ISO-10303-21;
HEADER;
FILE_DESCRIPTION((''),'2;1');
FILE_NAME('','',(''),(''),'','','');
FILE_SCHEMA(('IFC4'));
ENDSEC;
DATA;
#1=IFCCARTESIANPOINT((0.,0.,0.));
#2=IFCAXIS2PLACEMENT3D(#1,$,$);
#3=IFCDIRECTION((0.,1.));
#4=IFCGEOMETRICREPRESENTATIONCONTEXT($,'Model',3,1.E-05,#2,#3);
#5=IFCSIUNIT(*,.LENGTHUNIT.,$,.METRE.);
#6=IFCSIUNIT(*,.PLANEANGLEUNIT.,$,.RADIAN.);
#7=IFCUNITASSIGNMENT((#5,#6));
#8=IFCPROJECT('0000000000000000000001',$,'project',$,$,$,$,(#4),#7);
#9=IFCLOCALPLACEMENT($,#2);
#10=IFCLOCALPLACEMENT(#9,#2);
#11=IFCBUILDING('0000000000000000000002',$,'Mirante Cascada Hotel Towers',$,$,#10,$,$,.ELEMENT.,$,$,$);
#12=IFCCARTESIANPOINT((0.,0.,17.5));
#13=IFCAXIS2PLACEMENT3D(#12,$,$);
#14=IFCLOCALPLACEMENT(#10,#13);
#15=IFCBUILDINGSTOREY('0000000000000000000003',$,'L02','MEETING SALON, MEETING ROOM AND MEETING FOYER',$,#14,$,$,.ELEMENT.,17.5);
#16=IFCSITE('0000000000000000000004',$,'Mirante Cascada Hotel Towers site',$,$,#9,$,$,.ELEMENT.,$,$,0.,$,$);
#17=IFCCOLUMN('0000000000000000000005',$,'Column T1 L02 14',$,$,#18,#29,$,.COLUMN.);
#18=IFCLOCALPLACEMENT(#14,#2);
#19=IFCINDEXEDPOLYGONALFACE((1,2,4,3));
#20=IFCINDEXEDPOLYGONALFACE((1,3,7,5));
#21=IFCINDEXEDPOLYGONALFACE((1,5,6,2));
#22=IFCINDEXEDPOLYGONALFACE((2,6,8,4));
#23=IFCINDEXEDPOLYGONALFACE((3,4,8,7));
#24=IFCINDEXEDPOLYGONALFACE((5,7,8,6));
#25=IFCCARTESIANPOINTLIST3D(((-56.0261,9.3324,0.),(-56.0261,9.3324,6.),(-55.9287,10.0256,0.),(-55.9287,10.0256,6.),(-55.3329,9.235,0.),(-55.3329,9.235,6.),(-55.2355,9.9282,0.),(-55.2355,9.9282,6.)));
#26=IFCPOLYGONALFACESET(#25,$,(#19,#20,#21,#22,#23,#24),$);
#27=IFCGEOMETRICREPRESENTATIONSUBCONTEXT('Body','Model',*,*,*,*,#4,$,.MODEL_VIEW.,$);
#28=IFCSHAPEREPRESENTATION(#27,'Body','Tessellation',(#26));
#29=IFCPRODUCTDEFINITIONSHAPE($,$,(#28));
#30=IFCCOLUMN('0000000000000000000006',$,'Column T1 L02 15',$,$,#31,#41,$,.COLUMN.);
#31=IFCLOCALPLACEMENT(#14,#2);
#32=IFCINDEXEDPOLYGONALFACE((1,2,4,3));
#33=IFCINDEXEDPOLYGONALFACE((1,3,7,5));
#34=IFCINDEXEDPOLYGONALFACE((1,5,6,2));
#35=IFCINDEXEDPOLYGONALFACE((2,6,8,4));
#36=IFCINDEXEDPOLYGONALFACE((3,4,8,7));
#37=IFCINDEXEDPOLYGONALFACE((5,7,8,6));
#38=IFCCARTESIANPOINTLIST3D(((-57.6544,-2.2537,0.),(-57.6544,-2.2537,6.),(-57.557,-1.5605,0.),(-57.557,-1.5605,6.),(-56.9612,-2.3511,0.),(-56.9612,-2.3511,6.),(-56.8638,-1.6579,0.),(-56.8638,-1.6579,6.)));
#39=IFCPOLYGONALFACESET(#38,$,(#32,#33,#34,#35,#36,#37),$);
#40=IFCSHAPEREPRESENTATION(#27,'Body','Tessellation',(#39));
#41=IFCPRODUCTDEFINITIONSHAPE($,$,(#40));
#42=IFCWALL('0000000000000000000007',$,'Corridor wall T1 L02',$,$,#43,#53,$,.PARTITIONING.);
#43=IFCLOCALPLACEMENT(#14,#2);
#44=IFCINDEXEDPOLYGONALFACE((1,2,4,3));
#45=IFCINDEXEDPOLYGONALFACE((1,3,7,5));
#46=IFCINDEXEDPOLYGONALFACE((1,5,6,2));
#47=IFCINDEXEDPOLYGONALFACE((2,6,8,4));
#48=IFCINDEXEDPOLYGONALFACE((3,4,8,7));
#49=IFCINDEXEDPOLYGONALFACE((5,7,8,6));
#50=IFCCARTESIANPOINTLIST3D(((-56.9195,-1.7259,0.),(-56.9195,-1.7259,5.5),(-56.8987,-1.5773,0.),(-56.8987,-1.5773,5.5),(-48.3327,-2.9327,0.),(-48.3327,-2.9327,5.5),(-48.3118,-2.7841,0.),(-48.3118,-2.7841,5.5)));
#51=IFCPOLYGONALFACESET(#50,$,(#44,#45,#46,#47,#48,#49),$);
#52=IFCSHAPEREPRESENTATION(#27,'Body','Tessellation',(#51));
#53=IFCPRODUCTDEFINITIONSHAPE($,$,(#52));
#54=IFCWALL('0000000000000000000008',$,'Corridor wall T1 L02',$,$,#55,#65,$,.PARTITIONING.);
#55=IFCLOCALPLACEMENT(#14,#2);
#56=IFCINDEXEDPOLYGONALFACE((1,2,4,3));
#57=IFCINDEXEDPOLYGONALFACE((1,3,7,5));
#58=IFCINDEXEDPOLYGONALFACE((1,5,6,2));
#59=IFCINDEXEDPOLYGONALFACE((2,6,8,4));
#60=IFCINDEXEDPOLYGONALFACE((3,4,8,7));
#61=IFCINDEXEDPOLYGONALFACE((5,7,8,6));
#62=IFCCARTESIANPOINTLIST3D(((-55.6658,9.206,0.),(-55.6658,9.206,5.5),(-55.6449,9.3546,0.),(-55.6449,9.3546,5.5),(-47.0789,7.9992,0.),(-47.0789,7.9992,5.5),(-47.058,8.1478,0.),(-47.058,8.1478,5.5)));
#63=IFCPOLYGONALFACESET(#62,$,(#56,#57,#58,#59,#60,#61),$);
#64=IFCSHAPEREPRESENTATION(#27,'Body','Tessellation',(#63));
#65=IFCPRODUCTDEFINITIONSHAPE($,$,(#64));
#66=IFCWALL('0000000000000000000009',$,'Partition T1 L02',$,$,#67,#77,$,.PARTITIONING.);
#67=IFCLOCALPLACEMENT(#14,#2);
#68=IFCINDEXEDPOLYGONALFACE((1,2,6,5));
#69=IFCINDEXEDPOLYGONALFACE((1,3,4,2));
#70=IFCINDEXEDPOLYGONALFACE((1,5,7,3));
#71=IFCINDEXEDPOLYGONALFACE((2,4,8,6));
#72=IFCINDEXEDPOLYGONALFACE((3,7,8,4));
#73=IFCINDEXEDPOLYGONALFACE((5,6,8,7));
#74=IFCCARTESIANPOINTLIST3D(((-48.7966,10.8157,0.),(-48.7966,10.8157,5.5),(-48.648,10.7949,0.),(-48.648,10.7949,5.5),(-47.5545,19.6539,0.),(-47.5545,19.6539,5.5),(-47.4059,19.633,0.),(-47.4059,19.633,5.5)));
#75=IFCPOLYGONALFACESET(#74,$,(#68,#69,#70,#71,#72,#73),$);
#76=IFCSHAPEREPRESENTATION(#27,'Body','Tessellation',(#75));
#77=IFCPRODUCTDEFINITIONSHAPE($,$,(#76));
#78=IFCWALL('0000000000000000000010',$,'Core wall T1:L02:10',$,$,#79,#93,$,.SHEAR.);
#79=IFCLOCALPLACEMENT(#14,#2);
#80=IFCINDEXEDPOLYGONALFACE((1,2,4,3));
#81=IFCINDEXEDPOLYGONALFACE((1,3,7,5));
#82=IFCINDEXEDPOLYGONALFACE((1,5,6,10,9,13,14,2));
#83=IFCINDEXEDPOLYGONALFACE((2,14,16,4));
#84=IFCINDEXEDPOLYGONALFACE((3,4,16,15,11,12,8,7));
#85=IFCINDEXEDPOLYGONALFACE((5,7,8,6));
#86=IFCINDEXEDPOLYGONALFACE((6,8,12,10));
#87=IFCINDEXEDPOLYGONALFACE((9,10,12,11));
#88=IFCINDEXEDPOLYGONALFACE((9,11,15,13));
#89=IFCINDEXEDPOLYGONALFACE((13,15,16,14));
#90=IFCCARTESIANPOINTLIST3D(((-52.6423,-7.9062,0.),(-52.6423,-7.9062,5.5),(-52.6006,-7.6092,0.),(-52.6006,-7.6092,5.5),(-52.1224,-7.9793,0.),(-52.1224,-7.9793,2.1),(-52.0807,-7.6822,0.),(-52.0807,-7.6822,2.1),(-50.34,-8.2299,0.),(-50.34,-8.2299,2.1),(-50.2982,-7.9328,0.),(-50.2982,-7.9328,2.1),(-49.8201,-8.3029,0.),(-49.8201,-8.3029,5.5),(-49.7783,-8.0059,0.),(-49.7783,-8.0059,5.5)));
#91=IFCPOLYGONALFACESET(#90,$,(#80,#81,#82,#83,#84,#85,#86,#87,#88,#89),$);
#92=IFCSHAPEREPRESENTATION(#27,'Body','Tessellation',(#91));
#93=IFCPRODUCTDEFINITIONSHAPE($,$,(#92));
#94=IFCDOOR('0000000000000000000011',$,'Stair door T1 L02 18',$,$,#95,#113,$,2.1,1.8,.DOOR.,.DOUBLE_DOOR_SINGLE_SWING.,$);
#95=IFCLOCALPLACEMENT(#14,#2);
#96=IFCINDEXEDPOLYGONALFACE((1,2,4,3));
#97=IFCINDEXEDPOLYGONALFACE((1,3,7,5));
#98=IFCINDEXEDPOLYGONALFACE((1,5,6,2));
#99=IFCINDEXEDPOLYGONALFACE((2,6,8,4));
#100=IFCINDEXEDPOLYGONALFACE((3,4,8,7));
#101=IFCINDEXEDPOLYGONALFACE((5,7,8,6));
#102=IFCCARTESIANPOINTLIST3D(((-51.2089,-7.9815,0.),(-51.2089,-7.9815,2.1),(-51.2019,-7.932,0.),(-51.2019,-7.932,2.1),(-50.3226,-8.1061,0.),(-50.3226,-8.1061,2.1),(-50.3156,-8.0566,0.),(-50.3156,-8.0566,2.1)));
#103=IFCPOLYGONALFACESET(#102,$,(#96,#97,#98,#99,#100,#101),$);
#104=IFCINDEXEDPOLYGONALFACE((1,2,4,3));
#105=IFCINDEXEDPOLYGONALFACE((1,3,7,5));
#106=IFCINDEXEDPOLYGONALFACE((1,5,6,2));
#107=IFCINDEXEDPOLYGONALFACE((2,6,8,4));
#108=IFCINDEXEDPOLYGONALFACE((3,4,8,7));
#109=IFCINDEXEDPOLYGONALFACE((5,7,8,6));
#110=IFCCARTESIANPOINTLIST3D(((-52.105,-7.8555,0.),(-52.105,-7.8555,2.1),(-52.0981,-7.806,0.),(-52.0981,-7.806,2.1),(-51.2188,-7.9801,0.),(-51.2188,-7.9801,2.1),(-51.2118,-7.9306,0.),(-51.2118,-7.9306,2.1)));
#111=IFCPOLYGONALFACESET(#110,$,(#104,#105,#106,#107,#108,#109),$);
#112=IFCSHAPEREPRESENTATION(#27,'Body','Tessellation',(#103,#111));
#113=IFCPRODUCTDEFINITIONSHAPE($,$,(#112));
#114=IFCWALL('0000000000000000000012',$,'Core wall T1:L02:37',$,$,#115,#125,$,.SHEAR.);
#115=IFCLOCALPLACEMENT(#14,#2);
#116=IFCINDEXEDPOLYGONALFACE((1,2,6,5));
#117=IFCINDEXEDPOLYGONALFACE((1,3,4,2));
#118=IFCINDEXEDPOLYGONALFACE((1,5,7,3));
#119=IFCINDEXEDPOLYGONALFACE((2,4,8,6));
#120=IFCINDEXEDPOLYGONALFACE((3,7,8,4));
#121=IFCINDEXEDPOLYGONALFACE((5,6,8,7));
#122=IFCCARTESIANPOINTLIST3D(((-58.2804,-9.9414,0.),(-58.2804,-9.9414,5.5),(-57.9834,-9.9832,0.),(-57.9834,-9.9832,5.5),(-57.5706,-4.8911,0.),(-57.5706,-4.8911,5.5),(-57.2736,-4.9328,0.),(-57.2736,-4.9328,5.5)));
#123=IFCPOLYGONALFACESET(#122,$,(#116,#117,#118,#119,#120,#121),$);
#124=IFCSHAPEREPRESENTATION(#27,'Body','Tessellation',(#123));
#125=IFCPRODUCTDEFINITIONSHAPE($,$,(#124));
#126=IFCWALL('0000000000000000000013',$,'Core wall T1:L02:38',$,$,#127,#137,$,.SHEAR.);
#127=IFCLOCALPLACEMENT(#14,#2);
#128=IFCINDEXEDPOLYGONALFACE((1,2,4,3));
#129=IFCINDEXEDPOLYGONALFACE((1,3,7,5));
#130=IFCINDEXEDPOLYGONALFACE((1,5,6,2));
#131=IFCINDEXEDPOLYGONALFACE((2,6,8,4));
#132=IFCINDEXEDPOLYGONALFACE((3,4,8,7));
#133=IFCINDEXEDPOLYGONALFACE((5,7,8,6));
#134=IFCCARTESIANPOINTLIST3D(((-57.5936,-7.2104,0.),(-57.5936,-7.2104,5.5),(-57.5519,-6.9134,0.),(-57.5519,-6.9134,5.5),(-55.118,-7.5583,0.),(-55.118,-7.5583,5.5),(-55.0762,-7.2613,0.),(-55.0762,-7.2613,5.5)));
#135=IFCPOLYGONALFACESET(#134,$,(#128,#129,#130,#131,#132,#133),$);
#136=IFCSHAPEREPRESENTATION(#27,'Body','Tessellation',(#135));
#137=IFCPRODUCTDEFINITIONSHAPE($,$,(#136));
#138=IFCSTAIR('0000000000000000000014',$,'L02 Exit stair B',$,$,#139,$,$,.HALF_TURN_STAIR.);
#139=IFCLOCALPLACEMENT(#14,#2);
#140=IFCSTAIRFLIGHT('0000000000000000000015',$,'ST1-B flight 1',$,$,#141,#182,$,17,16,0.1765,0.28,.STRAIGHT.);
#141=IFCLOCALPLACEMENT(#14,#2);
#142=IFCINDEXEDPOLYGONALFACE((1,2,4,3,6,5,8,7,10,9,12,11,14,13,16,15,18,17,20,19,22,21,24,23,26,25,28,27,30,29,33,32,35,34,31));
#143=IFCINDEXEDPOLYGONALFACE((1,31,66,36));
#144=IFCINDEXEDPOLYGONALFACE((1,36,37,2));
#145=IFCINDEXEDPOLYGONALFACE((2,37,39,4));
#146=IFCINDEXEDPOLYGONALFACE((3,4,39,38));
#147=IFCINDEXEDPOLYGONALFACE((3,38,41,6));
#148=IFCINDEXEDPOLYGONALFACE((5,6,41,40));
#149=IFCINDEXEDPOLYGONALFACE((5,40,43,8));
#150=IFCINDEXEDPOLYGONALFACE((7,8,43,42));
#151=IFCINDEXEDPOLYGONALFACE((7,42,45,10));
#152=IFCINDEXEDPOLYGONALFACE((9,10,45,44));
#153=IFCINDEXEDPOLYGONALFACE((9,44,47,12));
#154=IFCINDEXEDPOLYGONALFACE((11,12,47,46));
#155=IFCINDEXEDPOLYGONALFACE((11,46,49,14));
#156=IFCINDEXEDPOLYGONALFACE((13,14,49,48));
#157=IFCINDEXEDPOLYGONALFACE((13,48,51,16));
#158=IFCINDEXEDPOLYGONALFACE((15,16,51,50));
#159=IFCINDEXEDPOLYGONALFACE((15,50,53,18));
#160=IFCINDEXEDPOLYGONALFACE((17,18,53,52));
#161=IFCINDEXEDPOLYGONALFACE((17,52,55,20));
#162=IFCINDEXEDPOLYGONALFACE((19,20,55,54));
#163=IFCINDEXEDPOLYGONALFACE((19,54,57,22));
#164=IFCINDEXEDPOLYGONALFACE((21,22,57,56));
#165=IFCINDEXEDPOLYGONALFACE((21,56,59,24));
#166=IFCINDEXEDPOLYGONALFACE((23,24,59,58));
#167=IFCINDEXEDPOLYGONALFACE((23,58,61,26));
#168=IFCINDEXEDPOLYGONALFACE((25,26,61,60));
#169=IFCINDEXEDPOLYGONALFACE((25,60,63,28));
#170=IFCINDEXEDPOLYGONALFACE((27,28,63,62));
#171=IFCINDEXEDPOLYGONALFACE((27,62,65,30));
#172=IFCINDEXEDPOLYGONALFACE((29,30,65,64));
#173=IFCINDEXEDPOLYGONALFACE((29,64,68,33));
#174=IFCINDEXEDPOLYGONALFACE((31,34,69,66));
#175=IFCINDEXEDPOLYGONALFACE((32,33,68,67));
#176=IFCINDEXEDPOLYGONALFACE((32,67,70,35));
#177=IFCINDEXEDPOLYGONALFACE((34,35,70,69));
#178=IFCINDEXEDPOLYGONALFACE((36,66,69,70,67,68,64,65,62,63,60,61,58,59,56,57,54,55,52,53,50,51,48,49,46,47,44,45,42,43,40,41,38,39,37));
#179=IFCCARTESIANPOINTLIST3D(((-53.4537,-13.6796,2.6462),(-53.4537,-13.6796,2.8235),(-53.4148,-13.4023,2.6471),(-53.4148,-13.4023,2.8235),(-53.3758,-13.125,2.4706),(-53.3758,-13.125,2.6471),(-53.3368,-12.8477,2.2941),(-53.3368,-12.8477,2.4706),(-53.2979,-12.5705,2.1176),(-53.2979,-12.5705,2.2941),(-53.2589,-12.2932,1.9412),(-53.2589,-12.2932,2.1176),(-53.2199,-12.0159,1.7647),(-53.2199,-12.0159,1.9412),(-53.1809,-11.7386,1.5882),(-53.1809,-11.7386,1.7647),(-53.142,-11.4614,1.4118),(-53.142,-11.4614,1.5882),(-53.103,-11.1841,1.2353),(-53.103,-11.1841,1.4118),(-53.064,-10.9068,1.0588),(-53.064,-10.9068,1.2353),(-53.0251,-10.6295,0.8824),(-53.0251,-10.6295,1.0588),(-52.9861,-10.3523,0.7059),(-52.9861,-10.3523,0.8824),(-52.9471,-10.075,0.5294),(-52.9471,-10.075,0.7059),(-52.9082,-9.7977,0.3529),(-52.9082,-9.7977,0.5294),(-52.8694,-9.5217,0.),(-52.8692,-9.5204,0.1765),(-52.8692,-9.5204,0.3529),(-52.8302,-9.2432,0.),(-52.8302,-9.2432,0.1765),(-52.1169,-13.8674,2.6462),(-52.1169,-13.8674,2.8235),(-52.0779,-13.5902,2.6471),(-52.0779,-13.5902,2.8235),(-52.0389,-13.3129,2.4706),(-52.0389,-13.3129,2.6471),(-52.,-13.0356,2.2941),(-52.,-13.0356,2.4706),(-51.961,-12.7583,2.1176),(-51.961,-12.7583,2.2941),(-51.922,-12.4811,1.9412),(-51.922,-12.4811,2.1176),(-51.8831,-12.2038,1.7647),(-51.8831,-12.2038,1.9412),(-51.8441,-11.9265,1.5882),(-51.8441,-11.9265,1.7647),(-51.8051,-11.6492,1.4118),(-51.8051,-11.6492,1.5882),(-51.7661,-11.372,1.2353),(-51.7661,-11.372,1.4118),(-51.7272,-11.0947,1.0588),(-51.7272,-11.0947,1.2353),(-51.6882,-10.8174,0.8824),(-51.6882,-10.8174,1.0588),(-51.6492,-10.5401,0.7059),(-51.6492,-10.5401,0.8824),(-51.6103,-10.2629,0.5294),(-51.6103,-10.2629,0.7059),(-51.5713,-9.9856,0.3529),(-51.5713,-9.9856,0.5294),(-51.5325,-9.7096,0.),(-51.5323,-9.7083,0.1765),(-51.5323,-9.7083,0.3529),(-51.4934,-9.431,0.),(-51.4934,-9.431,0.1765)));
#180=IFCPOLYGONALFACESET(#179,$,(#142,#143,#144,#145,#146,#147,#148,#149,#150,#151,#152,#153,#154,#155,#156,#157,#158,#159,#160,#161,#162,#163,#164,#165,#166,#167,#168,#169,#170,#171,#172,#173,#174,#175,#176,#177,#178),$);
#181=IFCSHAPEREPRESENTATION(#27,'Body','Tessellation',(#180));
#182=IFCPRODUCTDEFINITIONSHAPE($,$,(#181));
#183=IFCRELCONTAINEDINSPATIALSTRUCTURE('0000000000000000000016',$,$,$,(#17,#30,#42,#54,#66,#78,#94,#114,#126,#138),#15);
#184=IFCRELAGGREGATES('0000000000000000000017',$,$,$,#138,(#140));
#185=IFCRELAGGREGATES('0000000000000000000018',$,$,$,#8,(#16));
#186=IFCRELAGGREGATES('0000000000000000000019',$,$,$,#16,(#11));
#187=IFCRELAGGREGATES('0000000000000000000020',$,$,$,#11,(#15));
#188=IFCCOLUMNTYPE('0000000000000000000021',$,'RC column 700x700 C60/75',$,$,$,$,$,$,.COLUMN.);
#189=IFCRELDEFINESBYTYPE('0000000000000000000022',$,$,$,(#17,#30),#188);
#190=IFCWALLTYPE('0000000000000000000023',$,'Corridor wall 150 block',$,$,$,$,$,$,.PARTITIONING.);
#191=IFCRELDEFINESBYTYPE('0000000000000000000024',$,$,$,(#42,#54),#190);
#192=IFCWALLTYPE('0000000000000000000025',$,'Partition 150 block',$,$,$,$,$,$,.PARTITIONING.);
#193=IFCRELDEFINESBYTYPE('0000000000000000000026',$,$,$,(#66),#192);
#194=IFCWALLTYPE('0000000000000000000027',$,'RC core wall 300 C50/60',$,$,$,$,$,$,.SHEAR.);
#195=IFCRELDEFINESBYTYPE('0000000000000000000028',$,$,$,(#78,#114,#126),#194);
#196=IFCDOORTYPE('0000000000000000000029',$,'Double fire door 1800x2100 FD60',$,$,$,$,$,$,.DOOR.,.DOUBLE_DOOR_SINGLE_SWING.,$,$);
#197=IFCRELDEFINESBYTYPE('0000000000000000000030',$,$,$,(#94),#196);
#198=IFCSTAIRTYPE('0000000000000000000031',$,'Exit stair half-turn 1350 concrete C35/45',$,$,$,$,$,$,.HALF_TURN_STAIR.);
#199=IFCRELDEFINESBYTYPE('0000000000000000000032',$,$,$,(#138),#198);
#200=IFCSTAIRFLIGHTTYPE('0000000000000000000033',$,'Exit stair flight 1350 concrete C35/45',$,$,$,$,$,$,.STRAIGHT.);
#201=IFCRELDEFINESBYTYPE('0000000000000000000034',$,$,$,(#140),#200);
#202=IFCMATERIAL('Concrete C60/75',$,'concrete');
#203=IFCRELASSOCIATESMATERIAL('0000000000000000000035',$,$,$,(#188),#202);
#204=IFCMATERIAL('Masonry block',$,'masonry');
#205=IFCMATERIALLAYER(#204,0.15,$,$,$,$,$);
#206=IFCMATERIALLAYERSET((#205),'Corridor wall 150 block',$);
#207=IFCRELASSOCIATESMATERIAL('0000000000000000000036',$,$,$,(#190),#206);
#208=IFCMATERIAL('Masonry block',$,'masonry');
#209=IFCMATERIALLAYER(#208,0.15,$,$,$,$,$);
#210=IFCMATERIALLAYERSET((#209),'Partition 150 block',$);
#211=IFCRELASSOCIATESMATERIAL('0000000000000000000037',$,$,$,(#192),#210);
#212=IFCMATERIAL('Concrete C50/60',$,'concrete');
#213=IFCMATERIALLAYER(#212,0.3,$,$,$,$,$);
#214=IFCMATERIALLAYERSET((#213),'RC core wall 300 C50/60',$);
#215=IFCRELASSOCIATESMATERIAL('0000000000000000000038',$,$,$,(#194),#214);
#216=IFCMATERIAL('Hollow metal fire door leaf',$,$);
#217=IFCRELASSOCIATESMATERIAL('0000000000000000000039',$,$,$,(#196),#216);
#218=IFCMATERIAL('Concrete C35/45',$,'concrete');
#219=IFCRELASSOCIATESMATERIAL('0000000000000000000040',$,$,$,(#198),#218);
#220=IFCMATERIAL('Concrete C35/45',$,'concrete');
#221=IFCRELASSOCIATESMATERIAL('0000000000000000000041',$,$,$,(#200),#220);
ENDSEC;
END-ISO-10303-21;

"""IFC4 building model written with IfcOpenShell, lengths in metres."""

from ifc_helpers import new_model, si_unit, direction, frame, frame_2d, origin, origin_2d, place, context, subcontext, project, spatial, polyline, rectangle, outline, extrude, material, layer, layer_set, material_profile, profile_set, type_object, element, fill, aggregate, save


model = new_model("IFC4")

# Units and contexts
model_context = context("Model", 3, precision=1e-05, world=origin(), true_north=direction((0.0, 1.0)))
body_context = subcontext(model_context, "Body", "Model", "MODEL_VIEW")
ifc_project = project(units=[si_unit("LENGTHUNIT", "METRE"), si_unit("PLANEANGLEUNIT", "RADIAN")], contexts=[model_context])

# Site, building, storey
site_placement = place(None, origin())
site = spatial("IfcSite", under=ifc_project, at=site_placement, Name="Mirante Cascada Hotel Towers site", CompositionType="ELEMENT", RefElevation=0.0)
building_placement = place(site_placement, origin())
building = spatial("IfcBuilding", under=site, at=building_placement, Name="Mirante Cascada Hotel Towers", CompositionType="ELEMENT")
storey_placement = place(building_placement, frame((0.0, 0.0, 17.5)))
storey = spatial("IfcBuildingStorey", under=building, at=storey_placement, Name="L02", Description="MEETING SALON, MEETING ROOM AND MEETING FOYER", CompositionType="ELEMENT", Elevation=17.5)

# Columns
ifc_material_1 = material(Name="Concrete C60/75", Category="concrete")
ifc_material_profile = material_profile(ifc_material_1, rectangle(XDim=0.7, YDim=0.7, at=origin_2d()), Name="RC column 700x700 C60/75")
ifc_profile_set = profile_set([ifc_material_profile], Name="Concrete C60/75")
column_type = type_object("IfcColumnType", Name="RC column 700x700 C60/75", PredefinedType="COLUMN", material=ifc_profile_set)
for number, where, z_axis, x_axis, name in (
    (1, (-55.6308, 9.6303, 0.0), (0.0, 0.0, 1.0), (-0.990268, 0.139173, 0.0), "Column T1 L02 14"),
    (2, (-57.2591, -1.9558, 0.0), (0.0, 0.0, 1.0), (-0.990268, 0.139173, 0.0), "Column T1 L02 15"),
):
    element("IfcColumn", number, at=place(storey_placement, frame(where, z_axis=z_axis, x_axis=x_axis)), inside=storey, type_object=column_type, Name=name, PredefinedType="COLUMN", context=body_context, shape_type="SweptSolid", body=[
        extrude(rectangle(XDim=0.7, YDim=0.7, at=origin_2d()), origin(), (0.0, 0.0, 1.0), 6.0),
    ])

# Walls
ifc_material_2 = material(Name="Masonry block", Category="masonry")
ifc_layer_1 = layer(ifc_material_2, 0.15)
ifc_layer_set_1 = layer_set([ifc_layer_1], Name="Corridor wall 150 block")
wall_type_1 = type_object("IfcWallType", Name="Corridor wall 150 block", PredefinedType="PARTITIONING", material=ifc_layer_set_1)
wall_1_placement = place(storey_placement, frame((-56.9091, -1.6516, 0.0), z_axis=(0.0, 0.0, 1.0), x_axis=(0.990268, -0.139174, 0.0)))
element("IfcWall", 3, at=wall_1_placement, inside=storey, type_object=wall_type_1, Name="Corridor wall T1 L02", PredefinedType="PARTITIONING", context=body_context, shape_type="SweptSolid", body=[
    extrude(rectangle(XDim=8.6712, YDim=0.15, at=frame_2d((4.3356, 0.0))), origin(), (0.0, 0.0, 1.0), 5.5),
])
wall_2_placement = place(storey_placement, frame((-55.6553, 9.2803, 0.0), z_axis=(0.0, 0.0, 1.0), x_axis=(0.990268, -0.139172, 0.0)))
element("IfcWall", 4, at=wall_2_placement, inside=storey, type_object=wall_type_1, Name="Corridor wall T1 L02", PredefinedType="PARTITIONING", context=body_context, shape_type="SweptSolid", body=[
    extrude(rectangle(XDim=8.6713, YDim=0.15, at=frame_2d((4.3356, 0.0))), origin(), (0.0, 0.0, 1.0), 5.5),
])
ifc_material_3 = material(Name="Masonry block", Category="masonry")
ifc_layer_2 = layer(ifc_material_3, 0.15)
ifc_layer_set_2 = layer_set([ifc_layer_2], Name="Partition 150 block")
wall_type_2 = type_object("IfcWallType", Name="Partition 150 block", PredefinedType="PARTITIONING", material=ifc_layer_set_2)
wall_3_placement = place(storey_placement, frame((-48.7223, 10.8053, 0.0), z_axis=(0.0, 0.0, 1.0), x_axis=(0.139172, 0.990268, 0.0)))
element("IfcWall", 5, at=wall_3_placement, inside=storey, type_object=wall_type_2, Name="Partition T1 L02", PredefinedType="PARTITIONING", context=body_context, shape_type="SweptSolid", body=[
    extrude(rectangle(XDim=8.925, YDim=0.15, at=frame_2d((4.4625, 0.0))), origin(), (0.0, 0.0, 1.0), 5.5),
])

# Wall, opening, door
ifc_material_4 = material(Name="Concrete C50/60", Category="concrete")
ifc_layer_3 = layer(ifc_material_4, 0.3)
ifc_layer_set_3 = layer_set([ifc_layer_3], Name="RC core wall 300 C50/60")
wall_type_3 = type_object("IfcWallType", Name="RC core wall 300 C50/60", PredefinedType="SHEAR", material=ifc_layer_set_3)
wall_4_placement = place(storey_placement, frame((-49.7992, -8.1544, 0.0), z_axis=(0.0, 0.0, 1.0), x_axis=(-0.990266, 0.139191, 0.0)))
wall_4 = element("IfcWall", 6, at=wall_4_placement, inside=storey, type_object=wall_type_3, Name="Core wall T1:L02:10", PredefinedType="SHEAR", context=body_context, shape_type="SweptSolid", body=[
    extrude(rectangle(XDim=2.85, YDim=0.3, at=frame_2d((1.425, 0.0))), origin(), (0.0, 0.0, 1.0), 5.5),
])
opening_placement = place(wall_4_placement, frame((0.525, 0.0, 0.0)))
opening = element("IfcOpeningElement", 7, at=opening_placement, cuts=wall_4, PredefinedType="OPENING", context=body_context, shape_type="SweptSolid", body=[
    extrude(rectangle(XDim=1.8, YDim=2.1, at=frame_2d((0.9, 1.05))), frame((0.0, 0.15, 0.0), z_axis=(0.0, -1.0, 0.0), x_axis=(1.0, 0.0, 0.0)), (0.0, 0.0, 1.0), 0.3),
])
ifc_material_5 = material(Name="Hollow metal fire door leaf")
door_type = type_object("IfcDoorType", Name="Double fire door 1800x2100 FD60", OperationType="DOUBLE_DOOR_SINGLE_SWING", PredefinedType="DOOR", material=ifc_material_5)
door_placement = place(opening_placement, origin())
door = element("IfcDoor", 8, at=door_placement, inside=storey, type_object=door_type, Name="Stair door T1 L02 18", OperationType="DOUBLE_DOOR_SINGLE_SWING", OverallHeight=2.1, OverallWidth=1.8, PredefinedType="DOOR", context=body_context, shape_type="SweptSolid", body=[
    extrude(rectangle(XDim=0.895, YDim=2.1, at=frame_2d((0.4475, 1.05))), frame((0.0, 0.025, 0.0), z_axis=(0.0, -1.0, 0.0), x_axis=(1.0, 0.0, 0.0)), (0.0, 0.0, 1.0), 0.05),
    extrude(rectangle(XDim=0.895, YDim=2.1, at=frame_2d((1.3525, 1.05))), frame((0.0, 0.025, 0.0), z_axis=(0.0, -1.0, 0.0), x_axis=(1.0, 0.0, 0.0)), (0.0, 0.0, 1.0), 0.05),
])
fill(opening, door)

# Walls
wall_5_placement = place(storey_placement, frame((-58.1319, -9.9623, 0.0), z_axis=(0.0, 0.0, 1.0), x_axis=(0.139176, 0.990268, 0.0)))
element("IfcWall", 9, at=wall_5_placement, inside=storey, type_object=wall_type_3, Name="Core wall T1:L02:37", PredefinedType="SHEAR", context=body_context, shape_type="SweptSolid", body=[
    extrude(rectangle(XDim=5.1, YDim=0.3, at=frame_2d((2.55, 0.0))), origin(), (0.0, 0.0, 1.0), 5.5),
])
wall_6_placement = place(storey_placement, frame((-55.0971, -7.4098, 0.0), z_axis=(0.0, 0.0, 1.0), x_axis=(-0.99027, 0.139159, 0.0)))
element("IfcWall", 10, at=wall_6_placement, inside=storey, type_object=wall_type_3, Name="Core wall T1:L02:38", PredefinedType="SHEAR", context=body_context, shape_type="SweptSolid", body=[
    extrude(rectangle(XDim=2.5, YDim=0.3, at=frame_2d((1.25, 0.0))), origin(), (0.0, 0.0, 1.0), 5.5),
])

# Stair, stair flight
ifc_material_6 = material(Name="Concrete C35/45", Category="concrete")
stair_type = type_object("IfcStairType", Name="Exit stair half-turn 1350 concrete C35/45", PredefinedType="HALF_TURN_STAIR", material=ifc_material_6)
stair_placement = place(storey_placement, origin())
stair = element("IfcStair", 11, at=stair_placement, inside=storey, type_object=stair_type, Name="L02 Exit stair B", PredefinedType="HALF_TURN_STAIR")
ifc_material_7 = material(Name="Concrete C35/45", Category="concrete")
stair_flight_type = type_object("IfcStairFlightType", Name="Exit stair flight 1350 concrete C35/45", PredefinedType="STRAIGHT", material=ifc_material_7)
stair_flight_placement = place(storey_placement, frame((-52.1618, -9.3371, 0.0), z_axis=(0.0, 0.0, 1.0), x_axis=(-0.139173, -0.990268, 0.0)))
stair_flight = element("IfcStairFlight", 12, at=stair_flight_placement, type_object=stair_flight_type, Name="ST1-B flight 1", NumberOfRisers=17, NumberOfTreads=16, PredefinedType="STRAIGHT", RiserHeight=0.1765, TreadLength=0.28, context=body_context, shape_type="SweptSolid", body=[
    extrude(outline(polyline([(0.0, 0.0), (0.0, 0.1765), (0.28, 0.1765), (0.28, 0.3529), (0.56, 0.3529), (0.56, 0.5294), (0.84, 0.5294), (0.84, 0.7059), (1.12, 0.7059), (1.12, 0.8824), (1.4, 0.8824), (1.4, 1.0588), (1.68, 1.0588), (1.68, 1.2353), (1.96, 1.2353), (1.96, 1.4118), (2.24, 1.4118), (2.24, 1.5882), (2.52, 1.5882), (2.52, 1.7647), (2.8, 1.7647), (2.8, 1.9412), (3.08, 1.9412), (3.08, 2.1176), (3.36, 2.1176), (3.36, 2.2941), (3.64, 2.2941), (3.64, 2.4706), (3.92, 2.4706), (3.92, 2.6471), (4.2, 2.6471), (4.2, 2.8235), (4.48, 2.8235), (4.48, 3.0), (4.48, 2.6462), (0.2813, 0.0), (0.0, 0.0)])), frame((0.0, 0.675, 0.0), z_axis=(0.0, -1.0, 0.0), x_axis=(1.0, 0.0, 0.0)), (0.0, 0.0, 1.0), 1.35),
])
aggregate(stair, [stair_flight])

save(model, "model.ifc")
